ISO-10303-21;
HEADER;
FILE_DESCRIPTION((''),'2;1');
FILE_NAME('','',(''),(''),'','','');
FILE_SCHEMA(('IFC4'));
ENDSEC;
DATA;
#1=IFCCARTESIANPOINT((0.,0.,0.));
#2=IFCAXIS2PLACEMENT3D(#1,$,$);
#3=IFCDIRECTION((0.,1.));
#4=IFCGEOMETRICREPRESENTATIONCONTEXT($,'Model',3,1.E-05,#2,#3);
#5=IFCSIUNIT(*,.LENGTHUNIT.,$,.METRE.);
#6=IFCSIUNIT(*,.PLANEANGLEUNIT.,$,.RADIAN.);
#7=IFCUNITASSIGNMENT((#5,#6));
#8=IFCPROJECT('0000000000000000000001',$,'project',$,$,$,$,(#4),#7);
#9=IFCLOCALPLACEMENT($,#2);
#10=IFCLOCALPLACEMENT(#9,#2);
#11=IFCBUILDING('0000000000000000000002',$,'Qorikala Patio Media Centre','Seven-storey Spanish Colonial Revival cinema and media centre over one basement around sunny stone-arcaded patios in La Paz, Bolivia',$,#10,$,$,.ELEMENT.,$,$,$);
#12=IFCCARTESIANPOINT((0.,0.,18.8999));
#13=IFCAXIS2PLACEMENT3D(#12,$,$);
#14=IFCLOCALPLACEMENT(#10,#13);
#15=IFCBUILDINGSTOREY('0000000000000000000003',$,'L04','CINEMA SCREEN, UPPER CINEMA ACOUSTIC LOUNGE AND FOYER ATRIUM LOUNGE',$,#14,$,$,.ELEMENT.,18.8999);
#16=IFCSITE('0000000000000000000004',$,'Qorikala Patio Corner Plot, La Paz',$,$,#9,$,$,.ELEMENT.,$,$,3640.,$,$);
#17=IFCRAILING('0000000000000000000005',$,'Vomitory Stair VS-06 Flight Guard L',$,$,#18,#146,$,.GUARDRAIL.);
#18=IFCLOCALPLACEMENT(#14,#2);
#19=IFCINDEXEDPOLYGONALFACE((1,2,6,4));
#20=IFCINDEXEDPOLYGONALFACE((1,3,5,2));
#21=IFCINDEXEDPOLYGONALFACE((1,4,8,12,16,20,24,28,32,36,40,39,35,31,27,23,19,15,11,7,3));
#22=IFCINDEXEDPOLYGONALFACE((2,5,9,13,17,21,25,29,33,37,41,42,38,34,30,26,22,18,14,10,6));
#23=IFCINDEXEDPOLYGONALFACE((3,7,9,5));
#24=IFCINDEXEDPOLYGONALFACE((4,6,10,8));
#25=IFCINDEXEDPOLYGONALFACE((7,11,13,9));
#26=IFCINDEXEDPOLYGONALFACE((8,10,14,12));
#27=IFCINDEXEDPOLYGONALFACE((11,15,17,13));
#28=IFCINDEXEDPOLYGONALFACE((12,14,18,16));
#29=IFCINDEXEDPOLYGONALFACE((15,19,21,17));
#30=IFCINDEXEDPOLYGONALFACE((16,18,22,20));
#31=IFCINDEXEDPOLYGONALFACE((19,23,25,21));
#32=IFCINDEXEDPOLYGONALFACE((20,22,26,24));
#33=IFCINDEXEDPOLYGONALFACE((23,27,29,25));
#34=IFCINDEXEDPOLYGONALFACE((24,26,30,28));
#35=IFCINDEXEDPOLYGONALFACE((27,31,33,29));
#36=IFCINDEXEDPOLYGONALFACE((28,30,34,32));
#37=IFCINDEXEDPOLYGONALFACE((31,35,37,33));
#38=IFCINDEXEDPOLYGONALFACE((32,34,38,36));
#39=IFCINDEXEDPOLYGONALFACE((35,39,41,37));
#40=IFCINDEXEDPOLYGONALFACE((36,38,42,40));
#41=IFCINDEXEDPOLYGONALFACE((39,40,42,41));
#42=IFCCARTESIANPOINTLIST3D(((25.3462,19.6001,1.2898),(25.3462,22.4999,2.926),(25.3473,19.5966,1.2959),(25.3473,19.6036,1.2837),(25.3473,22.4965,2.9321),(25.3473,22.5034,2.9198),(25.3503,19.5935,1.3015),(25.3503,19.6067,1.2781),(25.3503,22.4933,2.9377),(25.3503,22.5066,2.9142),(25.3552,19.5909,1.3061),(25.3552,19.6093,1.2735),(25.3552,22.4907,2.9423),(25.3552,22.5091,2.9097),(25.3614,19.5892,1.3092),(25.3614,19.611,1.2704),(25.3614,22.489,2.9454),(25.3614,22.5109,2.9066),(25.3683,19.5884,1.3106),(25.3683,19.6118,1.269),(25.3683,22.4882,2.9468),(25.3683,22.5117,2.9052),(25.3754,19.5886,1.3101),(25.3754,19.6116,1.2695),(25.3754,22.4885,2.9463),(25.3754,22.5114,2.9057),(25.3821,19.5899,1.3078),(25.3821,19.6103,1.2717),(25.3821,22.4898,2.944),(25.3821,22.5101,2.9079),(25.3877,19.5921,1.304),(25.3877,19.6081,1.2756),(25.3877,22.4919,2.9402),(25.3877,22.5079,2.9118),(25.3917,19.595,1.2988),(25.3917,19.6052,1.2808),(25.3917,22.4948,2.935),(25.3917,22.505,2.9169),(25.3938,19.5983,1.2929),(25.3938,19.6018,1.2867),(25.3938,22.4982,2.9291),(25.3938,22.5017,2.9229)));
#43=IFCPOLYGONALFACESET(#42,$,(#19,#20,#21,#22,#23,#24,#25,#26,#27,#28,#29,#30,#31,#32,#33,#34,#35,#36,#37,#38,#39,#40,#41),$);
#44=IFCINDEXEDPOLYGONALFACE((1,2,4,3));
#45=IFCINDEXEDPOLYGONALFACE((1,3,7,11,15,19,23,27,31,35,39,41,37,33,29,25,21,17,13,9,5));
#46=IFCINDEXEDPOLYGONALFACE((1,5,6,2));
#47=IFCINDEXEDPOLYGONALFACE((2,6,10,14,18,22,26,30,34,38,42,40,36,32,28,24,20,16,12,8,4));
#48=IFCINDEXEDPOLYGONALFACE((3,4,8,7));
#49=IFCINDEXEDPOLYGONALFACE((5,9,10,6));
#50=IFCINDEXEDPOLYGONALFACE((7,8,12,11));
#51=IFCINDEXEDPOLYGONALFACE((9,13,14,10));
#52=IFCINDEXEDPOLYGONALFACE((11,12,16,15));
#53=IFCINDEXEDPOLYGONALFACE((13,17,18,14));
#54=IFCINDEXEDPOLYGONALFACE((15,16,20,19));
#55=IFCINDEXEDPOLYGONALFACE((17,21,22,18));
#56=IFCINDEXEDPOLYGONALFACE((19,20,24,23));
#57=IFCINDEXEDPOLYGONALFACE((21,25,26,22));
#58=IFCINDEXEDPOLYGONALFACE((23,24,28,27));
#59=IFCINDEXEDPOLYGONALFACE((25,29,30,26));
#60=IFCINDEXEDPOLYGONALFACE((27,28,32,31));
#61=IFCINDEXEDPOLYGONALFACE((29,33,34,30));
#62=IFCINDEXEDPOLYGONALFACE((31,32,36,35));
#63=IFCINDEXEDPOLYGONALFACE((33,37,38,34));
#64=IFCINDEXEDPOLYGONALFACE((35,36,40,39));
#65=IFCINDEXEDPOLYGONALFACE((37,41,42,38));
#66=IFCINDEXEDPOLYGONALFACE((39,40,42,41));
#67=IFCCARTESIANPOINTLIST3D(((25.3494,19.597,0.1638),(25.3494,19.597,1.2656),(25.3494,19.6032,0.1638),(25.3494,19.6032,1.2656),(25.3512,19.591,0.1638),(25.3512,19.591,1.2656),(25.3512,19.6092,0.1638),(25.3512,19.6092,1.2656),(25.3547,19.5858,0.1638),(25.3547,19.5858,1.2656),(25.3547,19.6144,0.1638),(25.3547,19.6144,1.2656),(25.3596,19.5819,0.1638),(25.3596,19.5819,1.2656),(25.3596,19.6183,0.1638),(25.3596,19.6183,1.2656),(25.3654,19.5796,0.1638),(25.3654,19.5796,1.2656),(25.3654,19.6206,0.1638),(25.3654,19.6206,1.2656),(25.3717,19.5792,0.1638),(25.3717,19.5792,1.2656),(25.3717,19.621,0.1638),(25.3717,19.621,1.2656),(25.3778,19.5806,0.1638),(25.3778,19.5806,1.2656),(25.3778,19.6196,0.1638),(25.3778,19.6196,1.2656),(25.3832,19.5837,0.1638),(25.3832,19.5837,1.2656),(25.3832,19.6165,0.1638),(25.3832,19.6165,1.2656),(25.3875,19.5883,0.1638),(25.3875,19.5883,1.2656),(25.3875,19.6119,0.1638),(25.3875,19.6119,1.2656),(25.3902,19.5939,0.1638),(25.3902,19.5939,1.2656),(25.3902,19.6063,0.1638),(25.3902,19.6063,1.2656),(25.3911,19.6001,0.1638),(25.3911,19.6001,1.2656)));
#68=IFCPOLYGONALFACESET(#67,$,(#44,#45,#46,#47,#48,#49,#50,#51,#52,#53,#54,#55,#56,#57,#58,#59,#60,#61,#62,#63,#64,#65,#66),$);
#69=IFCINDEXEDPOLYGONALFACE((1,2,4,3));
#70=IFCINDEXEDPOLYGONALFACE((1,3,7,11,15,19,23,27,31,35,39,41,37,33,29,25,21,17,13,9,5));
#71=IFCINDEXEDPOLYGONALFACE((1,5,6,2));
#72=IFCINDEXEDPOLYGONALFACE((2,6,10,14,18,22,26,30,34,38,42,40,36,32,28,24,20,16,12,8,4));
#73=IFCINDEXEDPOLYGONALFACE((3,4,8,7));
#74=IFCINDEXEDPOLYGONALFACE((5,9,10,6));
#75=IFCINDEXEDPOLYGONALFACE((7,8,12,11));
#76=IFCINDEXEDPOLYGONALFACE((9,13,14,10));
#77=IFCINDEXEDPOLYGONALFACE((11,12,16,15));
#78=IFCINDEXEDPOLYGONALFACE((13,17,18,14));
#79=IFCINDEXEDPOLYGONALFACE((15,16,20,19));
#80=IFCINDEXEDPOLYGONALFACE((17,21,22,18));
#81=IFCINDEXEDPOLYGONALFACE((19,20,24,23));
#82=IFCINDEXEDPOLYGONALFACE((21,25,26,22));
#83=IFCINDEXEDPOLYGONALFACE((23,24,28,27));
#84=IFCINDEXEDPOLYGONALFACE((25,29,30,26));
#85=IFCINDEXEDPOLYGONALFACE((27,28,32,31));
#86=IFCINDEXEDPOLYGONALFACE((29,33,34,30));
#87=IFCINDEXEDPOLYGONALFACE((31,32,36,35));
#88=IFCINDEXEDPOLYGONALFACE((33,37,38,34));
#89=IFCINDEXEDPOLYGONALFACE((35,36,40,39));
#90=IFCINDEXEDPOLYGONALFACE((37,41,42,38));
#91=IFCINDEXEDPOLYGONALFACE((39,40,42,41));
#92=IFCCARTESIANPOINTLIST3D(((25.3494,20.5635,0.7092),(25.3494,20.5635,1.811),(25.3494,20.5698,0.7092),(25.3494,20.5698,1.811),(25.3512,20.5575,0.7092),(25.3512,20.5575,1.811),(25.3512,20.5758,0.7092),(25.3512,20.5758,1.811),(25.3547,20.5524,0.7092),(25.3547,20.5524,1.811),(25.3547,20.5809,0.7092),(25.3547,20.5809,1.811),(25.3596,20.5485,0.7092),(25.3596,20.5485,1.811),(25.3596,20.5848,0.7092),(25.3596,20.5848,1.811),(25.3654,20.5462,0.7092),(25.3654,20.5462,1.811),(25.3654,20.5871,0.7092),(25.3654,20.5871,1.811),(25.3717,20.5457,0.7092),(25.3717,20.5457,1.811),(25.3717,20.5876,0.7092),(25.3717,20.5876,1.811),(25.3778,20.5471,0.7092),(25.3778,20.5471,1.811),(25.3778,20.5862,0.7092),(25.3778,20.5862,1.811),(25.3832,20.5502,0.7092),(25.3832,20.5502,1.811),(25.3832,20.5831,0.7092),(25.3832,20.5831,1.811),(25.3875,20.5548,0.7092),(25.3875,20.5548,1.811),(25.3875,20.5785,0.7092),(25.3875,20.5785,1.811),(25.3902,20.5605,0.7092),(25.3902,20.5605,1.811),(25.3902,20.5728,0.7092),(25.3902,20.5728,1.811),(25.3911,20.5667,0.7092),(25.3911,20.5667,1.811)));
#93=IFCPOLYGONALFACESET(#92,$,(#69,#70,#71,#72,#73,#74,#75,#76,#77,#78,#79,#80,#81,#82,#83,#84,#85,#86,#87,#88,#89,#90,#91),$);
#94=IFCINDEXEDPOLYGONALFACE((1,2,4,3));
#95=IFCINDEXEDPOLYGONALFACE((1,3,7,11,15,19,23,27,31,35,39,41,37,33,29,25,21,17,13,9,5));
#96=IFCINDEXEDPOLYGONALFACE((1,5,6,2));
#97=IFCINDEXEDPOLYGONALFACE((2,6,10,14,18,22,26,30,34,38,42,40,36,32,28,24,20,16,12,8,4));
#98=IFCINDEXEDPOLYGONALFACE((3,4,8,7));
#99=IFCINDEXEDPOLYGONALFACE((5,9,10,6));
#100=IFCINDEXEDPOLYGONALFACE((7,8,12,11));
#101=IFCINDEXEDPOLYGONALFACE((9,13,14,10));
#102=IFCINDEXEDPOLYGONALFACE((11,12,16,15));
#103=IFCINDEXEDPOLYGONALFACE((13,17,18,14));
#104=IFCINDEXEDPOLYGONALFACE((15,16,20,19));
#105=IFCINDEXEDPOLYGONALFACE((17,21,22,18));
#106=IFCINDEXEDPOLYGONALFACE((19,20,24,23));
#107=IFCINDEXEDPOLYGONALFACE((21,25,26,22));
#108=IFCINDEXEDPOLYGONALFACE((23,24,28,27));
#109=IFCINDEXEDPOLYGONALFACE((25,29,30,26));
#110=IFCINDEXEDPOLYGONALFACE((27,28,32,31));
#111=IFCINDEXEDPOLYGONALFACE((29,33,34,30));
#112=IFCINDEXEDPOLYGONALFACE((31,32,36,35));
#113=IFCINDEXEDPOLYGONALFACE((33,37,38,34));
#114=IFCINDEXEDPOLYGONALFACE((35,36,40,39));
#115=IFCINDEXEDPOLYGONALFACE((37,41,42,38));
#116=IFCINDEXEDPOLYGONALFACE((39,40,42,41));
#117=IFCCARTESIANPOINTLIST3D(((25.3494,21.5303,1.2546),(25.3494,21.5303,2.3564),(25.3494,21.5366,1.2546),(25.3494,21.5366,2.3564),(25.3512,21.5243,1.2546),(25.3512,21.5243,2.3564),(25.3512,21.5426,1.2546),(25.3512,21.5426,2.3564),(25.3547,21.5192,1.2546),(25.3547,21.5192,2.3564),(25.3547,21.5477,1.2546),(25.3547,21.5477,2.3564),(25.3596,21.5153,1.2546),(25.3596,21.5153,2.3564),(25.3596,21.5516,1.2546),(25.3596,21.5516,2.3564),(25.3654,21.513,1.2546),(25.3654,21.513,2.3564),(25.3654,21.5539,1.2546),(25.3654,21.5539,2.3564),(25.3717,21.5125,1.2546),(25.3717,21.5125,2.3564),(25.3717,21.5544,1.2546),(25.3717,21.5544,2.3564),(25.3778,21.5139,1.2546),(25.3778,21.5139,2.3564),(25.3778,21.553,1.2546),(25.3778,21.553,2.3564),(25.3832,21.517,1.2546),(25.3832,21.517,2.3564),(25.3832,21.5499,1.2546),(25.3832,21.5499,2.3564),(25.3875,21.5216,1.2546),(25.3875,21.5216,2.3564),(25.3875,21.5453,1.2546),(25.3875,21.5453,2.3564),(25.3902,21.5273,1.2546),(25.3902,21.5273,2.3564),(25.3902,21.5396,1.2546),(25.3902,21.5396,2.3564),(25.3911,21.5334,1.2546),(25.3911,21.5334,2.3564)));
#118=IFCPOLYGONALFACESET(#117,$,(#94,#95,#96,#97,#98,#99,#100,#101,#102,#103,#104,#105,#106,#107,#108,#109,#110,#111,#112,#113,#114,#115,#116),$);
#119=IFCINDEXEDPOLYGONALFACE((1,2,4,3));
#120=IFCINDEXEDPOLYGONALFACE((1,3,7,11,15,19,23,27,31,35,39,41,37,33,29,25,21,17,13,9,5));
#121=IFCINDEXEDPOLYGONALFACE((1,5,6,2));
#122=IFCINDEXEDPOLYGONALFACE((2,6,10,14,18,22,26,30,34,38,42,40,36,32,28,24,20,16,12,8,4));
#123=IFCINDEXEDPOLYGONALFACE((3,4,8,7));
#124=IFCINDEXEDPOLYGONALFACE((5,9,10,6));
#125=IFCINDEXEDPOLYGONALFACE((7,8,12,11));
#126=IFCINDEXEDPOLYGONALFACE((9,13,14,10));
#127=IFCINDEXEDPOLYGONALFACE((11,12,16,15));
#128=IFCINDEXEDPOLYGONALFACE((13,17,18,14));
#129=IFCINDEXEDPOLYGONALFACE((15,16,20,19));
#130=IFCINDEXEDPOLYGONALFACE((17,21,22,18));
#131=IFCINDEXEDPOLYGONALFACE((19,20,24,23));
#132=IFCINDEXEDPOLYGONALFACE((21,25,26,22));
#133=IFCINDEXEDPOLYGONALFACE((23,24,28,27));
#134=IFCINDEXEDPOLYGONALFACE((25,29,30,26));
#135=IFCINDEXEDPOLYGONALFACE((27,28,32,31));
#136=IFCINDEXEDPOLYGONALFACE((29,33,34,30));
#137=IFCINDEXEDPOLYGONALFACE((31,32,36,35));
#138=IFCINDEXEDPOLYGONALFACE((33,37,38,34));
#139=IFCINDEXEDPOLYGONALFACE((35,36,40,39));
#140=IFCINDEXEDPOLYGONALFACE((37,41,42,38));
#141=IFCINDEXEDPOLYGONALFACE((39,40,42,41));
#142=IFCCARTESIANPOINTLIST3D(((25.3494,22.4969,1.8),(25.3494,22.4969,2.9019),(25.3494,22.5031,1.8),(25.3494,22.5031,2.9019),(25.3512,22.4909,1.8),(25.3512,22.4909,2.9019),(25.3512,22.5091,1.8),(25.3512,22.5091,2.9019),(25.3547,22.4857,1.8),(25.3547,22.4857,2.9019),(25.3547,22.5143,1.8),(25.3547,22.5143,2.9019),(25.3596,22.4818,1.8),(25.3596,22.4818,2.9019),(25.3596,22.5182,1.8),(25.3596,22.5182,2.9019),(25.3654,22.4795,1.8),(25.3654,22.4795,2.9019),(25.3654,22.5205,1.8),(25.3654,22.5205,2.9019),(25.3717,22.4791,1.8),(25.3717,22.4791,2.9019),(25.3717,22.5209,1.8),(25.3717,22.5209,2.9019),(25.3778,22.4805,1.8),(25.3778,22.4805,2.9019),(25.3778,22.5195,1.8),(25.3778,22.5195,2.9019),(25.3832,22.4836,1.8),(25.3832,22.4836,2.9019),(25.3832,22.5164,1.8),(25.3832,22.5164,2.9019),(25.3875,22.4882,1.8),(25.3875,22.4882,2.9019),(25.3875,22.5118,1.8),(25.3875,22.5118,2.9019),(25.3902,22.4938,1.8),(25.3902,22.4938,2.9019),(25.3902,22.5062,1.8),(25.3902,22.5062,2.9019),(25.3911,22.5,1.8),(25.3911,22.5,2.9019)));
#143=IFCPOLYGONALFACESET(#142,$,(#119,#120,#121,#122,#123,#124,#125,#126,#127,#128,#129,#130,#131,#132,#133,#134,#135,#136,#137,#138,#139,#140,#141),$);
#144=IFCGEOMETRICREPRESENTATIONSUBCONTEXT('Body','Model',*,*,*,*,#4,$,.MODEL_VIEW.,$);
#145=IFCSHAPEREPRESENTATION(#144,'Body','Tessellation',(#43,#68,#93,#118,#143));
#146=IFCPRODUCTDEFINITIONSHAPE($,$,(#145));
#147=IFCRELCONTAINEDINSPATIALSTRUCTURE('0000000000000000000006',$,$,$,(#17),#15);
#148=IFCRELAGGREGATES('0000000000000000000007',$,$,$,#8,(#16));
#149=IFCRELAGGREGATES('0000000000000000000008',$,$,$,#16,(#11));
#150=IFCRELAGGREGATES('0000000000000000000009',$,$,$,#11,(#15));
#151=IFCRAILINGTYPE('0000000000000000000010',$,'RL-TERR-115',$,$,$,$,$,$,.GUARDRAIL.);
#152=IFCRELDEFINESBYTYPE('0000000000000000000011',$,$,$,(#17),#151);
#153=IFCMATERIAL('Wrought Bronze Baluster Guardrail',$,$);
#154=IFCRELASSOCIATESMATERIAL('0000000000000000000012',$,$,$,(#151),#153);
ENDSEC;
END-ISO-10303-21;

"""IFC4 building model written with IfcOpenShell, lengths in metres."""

from ifc_helpers import new_model, si_unit, direction, frame, origin, origin_2d, place, context, subcontext, project, spatial, circle, extrude, material, type_object, element, save


model = new_model("IFC4")

# Units and contexts
model_context = context("Model", 3, precision=1e-05, world=origin(), true_north=direction((0.0, 1.0)))
body_context = subcontext(model_context, "Body", "Model", "MODEL_VIEW")
ifc_project = project(units=[si_unit("LENGTHUNIT", "METRE"), si_unit("PLANEANGLEUNIT", "RADIAN")], contexts=[model_context])

# Site, building, storey
site_placement = place(None, origin())
site = spatial("IfcSite", under=ifc_project, at=site_placement, Name="Qorikala Patio Corner Plot, La Paz", CompositionType="ELEMENT", RefElevation=3640.0)
building_placement = place(site_placement, origin())
building = spatial("IfcBuilding", under=site, at=building_placement, Name="Qorikala Patio Media Centre", Description="Seven-storey Spanish Colonial Revival cinema and media centre over one basement around sunny stone-arcaded patios in La Paz, Bolivia", CompositionType="ELEMENT")
storey_placement = place(building_placement, frame((0.0, 0.0, 18.8999)))
storey = spatial("IfcBuildingStorey", under=building, at=storey_placement, Name="L04", Description="CINEMA SCREEN, UPPER CINEMA ACOUSTIC LOUNGE AND FOYER ATRIUM LOUNGE", CompositionType="ELEMENT", Elevation=18.8999)

# Railing
ifc_material_1 = material(Name="Wrought Bronze Baluster Guardrail")
railing_type = type_object("IfcRailingType", Name="RL-TERR-115", PredefinedType="GUARDRAIL", material=ifc_material_1)
for number, where, name in (
    (1, (25.3701, 19.6001, 0.1638), "Vomitory Stair VS-06 Flight Guard L"),
):
    element("IfcRailing", number, at=place(storey_placement, frame(where)), inside=storey, type_object=railing_type, Name=name, PredefinedType="GUARDRAIL", context=body_context, shape_type="SweptSolid", body=[
        extrude(circle(Radius=0.0239, at=origin_2d()), frame((0.0, 0.0, 1.126), z_axis=(0.0, 0.870929, 0.49141), x_axis=(-1.0, 0.0, 0.0)), (0.0, 0.0, 1.0), 3.3296),
        extrude(circle(Radius=0.021, at=origin_2d()), origin(), (0.0, 0.0, 1.0), 1.1018),
        extrude(circle(Radius=0.021, at=origin_2d()), frame((0.0, 0.9666, 0.5454)), (0.0, 0.0, 1.0), 1.1018),
        extrude(circle(Radius=0.021, at=origin_2d()), frame((0.0, 1.9333, 1.0908)), (0.0, 0.0, 1.0), 1.1018),
        extrude(circle(Radius=0.021, at=origin_2d()), frame((0.0, 2.8999, 1.6362)), (0.0, 0.0, 1.0), 1.1018),
    ])

save(model, "model.ifc")
